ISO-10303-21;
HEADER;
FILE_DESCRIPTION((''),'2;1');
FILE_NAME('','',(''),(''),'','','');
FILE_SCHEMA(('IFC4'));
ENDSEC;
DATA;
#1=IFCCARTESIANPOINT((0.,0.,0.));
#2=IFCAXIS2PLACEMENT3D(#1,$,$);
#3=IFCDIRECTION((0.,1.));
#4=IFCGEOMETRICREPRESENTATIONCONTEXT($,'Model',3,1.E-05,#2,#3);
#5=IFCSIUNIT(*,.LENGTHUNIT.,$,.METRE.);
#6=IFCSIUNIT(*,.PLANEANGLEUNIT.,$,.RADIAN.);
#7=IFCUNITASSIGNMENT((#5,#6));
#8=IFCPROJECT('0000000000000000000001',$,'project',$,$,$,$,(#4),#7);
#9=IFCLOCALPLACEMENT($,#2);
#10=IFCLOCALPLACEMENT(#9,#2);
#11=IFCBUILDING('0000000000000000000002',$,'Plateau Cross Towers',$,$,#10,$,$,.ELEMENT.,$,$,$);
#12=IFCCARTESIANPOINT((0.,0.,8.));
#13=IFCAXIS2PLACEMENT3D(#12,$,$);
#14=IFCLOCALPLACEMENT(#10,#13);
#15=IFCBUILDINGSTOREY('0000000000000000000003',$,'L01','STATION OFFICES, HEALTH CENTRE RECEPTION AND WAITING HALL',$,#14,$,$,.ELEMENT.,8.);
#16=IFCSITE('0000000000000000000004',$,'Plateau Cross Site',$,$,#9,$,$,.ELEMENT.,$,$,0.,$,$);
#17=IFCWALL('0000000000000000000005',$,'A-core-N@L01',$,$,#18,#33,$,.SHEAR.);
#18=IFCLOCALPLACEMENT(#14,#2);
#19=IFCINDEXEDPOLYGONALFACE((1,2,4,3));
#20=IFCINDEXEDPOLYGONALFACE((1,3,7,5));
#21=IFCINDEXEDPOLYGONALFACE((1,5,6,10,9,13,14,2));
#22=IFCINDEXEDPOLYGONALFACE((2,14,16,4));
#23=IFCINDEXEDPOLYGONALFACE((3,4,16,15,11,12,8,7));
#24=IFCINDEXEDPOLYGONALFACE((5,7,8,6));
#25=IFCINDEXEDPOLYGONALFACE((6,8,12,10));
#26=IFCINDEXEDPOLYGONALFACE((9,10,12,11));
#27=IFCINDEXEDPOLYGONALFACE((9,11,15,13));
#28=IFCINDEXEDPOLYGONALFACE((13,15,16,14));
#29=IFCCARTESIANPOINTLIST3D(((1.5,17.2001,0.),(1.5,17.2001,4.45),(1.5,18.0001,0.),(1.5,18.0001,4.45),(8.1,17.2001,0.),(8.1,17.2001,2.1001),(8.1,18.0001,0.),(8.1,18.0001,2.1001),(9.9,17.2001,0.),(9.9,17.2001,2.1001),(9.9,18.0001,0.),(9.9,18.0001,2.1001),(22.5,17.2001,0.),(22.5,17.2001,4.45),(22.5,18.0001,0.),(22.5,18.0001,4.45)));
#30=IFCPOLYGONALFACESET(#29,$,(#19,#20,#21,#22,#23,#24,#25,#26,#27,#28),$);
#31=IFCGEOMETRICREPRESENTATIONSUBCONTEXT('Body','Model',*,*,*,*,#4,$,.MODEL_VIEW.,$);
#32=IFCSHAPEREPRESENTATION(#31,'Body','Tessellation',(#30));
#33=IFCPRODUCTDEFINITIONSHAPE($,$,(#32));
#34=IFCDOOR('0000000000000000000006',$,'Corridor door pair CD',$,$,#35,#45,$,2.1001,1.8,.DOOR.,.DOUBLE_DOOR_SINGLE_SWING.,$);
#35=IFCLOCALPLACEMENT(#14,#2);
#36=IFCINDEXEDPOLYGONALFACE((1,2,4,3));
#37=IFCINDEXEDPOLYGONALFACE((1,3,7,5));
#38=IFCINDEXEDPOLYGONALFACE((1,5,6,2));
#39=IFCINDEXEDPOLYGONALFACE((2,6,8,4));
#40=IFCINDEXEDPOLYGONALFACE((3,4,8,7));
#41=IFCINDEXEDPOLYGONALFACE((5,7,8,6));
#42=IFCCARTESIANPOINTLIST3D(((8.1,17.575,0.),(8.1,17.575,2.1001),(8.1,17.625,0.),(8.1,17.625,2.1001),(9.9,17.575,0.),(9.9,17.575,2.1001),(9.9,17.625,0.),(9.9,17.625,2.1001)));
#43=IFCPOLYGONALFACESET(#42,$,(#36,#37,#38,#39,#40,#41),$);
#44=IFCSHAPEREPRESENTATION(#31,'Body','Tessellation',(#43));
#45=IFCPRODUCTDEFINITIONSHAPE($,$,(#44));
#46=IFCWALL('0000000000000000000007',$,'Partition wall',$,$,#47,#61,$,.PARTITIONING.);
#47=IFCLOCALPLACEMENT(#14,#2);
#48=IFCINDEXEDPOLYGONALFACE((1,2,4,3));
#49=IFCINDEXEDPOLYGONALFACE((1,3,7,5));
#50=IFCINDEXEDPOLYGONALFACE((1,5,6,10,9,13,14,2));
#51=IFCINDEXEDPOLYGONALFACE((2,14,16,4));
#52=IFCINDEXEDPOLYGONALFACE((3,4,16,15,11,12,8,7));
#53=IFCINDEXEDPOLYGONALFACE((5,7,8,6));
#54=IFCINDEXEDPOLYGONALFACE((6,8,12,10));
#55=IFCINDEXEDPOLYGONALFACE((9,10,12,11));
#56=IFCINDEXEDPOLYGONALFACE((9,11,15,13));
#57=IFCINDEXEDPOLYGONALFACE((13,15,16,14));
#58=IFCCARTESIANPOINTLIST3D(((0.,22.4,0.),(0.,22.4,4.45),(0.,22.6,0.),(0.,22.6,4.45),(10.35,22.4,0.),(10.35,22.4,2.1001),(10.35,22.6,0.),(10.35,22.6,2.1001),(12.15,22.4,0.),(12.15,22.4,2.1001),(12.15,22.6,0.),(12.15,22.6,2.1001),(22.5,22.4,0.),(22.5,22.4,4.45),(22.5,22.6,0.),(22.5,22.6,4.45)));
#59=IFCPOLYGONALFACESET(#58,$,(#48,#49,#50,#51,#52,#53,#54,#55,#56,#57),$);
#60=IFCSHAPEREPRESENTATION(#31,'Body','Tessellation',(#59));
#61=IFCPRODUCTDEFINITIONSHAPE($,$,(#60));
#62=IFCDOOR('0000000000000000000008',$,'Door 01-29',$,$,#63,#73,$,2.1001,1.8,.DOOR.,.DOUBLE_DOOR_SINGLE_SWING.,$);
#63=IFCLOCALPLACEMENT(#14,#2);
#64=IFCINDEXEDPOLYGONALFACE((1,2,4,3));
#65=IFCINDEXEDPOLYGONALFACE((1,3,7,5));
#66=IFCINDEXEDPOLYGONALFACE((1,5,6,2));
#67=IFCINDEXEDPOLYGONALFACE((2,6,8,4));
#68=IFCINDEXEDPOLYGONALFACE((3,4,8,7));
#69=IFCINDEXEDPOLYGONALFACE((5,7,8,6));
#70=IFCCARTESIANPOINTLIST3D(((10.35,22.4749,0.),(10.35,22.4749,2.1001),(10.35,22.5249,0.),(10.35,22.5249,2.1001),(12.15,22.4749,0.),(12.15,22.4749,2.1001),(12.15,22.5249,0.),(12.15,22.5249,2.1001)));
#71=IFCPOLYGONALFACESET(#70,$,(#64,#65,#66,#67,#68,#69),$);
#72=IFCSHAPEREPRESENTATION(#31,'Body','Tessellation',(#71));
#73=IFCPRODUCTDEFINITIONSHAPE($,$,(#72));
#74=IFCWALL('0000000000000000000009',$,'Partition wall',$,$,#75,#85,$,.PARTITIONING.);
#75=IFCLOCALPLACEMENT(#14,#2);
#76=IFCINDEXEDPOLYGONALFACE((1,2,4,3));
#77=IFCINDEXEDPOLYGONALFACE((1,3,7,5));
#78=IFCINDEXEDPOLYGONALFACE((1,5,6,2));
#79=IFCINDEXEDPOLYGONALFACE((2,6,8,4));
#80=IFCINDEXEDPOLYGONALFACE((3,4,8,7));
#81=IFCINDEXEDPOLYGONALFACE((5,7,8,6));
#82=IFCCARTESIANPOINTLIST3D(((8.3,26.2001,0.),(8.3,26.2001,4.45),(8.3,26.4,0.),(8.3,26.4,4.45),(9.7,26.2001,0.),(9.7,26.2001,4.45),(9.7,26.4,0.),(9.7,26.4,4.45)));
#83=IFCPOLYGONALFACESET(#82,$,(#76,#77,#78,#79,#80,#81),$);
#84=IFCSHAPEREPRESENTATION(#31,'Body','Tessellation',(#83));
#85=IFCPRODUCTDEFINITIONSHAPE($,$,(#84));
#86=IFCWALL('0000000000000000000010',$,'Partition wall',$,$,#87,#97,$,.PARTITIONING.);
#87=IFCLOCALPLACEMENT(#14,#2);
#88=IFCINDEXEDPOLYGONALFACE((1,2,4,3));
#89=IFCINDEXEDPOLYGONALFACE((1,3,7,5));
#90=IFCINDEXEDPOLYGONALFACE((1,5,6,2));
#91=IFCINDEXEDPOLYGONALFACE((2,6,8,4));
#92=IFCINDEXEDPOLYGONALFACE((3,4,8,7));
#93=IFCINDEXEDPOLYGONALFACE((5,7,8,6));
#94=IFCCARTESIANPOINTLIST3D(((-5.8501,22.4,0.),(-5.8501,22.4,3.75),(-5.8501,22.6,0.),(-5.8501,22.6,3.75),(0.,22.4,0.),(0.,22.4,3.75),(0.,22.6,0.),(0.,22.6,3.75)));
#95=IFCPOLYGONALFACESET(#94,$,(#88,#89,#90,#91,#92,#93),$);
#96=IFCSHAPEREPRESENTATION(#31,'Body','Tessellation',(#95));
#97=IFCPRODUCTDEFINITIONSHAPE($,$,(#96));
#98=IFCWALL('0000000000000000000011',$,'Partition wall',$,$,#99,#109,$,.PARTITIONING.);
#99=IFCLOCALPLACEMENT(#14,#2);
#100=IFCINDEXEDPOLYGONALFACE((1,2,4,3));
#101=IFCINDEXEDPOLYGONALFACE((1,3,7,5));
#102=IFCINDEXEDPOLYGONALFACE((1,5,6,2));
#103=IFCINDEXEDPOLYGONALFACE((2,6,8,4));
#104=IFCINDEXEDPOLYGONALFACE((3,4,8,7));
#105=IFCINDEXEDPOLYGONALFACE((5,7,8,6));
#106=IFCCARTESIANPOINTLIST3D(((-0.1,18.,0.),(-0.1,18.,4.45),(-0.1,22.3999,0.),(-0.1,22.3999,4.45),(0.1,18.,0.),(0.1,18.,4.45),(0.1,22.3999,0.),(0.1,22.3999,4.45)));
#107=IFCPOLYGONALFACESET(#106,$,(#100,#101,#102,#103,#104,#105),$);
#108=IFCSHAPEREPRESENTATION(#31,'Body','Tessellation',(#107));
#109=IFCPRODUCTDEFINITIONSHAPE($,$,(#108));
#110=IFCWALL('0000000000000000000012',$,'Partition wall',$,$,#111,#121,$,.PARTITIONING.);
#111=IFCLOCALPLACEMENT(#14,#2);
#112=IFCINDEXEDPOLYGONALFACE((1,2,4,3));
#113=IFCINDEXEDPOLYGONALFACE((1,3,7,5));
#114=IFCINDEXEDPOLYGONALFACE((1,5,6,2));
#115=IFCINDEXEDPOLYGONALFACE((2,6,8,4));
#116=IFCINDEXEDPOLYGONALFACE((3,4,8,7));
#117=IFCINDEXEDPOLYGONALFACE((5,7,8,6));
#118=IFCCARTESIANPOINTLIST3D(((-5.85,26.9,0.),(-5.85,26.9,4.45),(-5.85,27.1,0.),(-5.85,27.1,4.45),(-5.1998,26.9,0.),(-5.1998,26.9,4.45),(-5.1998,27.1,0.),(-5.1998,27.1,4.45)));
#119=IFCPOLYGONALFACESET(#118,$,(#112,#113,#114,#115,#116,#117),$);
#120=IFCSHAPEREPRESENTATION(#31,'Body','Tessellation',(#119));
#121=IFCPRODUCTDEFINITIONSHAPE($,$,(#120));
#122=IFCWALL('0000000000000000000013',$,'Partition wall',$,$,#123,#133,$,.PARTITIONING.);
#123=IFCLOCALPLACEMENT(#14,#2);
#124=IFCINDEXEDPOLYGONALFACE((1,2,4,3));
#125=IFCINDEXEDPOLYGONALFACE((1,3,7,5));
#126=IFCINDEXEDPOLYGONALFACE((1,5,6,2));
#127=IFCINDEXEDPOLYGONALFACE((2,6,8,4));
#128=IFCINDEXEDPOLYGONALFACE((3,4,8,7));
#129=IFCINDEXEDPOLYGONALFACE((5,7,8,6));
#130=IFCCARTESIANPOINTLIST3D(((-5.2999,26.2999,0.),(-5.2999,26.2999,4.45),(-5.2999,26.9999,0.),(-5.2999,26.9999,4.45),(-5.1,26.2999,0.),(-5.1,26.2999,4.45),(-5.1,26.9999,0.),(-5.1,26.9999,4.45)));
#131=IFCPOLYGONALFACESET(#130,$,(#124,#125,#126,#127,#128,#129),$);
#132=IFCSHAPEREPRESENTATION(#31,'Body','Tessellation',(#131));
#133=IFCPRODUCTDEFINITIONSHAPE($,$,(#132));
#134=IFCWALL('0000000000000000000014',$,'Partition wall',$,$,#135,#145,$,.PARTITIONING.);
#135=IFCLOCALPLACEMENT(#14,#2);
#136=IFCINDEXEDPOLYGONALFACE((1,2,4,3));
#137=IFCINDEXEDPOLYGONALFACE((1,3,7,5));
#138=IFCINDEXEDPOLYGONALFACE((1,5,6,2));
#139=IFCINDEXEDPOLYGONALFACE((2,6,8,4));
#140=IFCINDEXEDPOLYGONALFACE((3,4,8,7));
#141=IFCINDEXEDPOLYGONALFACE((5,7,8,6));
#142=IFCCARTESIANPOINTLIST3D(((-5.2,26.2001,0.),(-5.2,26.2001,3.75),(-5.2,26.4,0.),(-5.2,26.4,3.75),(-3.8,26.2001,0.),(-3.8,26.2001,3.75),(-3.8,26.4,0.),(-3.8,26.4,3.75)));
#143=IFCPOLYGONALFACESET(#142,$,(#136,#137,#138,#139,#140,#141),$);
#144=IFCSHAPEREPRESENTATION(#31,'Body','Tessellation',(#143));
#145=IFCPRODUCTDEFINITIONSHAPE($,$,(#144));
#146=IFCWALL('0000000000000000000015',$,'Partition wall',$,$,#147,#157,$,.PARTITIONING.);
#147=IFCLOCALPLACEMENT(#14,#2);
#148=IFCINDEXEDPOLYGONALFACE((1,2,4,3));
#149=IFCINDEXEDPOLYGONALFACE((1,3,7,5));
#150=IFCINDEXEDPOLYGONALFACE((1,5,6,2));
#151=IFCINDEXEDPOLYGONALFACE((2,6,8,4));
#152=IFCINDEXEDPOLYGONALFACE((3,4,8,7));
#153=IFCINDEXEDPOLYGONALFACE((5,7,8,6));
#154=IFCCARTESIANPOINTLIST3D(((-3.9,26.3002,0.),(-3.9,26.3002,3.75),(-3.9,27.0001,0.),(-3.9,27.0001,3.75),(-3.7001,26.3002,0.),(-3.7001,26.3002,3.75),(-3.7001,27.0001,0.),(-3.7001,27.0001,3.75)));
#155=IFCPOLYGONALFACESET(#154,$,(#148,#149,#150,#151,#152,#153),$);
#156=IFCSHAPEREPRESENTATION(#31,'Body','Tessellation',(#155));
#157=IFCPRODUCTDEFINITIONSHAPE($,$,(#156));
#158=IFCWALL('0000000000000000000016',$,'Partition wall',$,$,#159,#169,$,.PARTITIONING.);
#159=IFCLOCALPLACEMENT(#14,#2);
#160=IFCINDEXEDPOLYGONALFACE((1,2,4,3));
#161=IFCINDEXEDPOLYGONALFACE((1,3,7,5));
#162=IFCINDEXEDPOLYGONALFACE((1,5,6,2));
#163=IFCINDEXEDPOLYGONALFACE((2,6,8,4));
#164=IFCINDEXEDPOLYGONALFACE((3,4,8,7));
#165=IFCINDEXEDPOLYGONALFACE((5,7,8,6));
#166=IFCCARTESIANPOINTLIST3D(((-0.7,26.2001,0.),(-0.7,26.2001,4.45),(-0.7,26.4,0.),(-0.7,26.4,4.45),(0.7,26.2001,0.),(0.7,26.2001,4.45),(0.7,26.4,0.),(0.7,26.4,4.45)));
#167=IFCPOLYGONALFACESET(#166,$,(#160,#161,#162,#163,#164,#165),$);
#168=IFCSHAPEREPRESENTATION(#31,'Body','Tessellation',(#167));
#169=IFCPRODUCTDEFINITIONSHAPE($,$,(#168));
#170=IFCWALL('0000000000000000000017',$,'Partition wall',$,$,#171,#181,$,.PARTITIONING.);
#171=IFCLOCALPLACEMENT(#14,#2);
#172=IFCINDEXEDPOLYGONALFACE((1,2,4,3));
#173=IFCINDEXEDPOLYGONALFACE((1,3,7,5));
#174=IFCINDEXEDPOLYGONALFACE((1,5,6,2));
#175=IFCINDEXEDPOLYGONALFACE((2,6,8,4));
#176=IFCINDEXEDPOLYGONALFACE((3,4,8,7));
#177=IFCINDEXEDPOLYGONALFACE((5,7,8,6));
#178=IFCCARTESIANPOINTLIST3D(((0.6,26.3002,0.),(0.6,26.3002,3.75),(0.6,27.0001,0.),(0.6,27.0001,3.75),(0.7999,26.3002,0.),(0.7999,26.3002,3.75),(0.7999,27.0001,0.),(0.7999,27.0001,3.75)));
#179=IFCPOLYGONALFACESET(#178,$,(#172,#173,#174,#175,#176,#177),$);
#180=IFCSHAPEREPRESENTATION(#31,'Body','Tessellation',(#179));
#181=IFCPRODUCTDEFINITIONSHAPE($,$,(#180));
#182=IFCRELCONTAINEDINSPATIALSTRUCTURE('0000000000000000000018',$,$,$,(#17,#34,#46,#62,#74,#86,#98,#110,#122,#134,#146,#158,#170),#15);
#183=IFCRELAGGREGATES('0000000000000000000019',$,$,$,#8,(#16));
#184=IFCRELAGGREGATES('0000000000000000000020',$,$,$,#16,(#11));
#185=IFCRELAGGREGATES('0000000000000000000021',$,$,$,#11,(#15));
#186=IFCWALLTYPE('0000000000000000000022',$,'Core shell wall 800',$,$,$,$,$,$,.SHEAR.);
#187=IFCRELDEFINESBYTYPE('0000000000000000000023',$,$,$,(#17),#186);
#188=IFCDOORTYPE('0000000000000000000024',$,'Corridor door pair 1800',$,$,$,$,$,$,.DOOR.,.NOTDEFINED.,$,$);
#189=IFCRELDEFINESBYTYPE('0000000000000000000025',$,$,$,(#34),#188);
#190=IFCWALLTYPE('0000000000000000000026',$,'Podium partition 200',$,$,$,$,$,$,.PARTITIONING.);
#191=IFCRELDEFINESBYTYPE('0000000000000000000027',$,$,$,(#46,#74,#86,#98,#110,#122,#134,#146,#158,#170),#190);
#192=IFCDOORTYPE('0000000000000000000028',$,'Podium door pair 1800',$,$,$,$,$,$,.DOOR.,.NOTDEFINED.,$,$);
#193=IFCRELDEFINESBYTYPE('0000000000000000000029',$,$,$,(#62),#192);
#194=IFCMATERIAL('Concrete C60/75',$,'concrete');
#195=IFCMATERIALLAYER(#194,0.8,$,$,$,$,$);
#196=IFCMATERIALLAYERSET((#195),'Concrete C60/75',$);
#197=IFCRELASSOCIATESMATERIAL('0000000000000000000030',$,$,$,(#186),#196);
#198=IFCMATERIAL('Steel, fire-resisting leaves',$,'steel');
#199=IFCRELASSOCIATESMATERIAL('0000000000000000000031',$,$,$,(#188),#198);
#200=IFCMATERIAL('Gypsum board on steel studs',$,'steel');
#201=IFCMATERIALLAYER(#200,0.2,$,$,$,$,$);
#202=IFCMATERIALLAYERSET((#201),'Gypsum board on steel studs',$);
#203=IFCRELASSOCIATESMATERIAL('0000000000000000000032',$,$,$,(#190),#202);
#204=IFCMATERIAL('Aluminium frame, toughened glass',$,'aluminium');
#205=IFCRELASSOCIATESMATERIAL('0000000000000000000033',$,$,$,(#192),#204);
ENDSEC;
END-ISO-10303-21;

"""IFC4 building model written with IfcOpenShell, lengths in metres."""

from ifc_helpers import new_model, si_unit, direction, frame, frame_2d, origin, place, context, subcontext, project, spatial, rectangle, extrude, material, layer, layer_set, type_object, element, fill, save


model = new_model("IFC4")

# Units and contexts
model_context = context("Model", 3, precision=1e-05, world=origin(), true_north=direction((0.0, 1.0)))
body_context = subcontext(model_context, "Body", "Model", "MODEL_VIEW")
ifc_project = project(units=[si_unit("LENGTHUNIT", "METRE"), si_unit("PLANEANGLEUNIT", "RADIAN")], contexts=[model_context])

# Site, building, storey
site_placement = place(None, origin())
site = spatial("IfcSite", under=ifc_project, at=site_placement, Name="Plateau Cross Site", CompositionType="ELEMENT", RefElevation=0.0)
building_placement = place(site_placement, origin())
building = spatial("IfcBuilding", under=site, at=building_placement, Name="Plateau Cross Towers", CompositionType="ELEMENT")
storey_placement = place(building_placement, frame((0.0, 0.0, 8.0)))
storey = spatial("IfcBuildingStorey", under=building, at=storey_placement, Name="L01", Description="STATION OFFICES, HEALTH CENTRE RECEPTION AND WAITING HALL", CompositionType="ELEMENT", Elevation=8.0)

# Shared definitions
ifc_material_1 = material(Name="Concrete C60/75", Category="concrete")

# Walls, openings, doors
ifc_layer_1 = layer(ifc_material_1, 0.8)
ifc_layer_set_1 = layer_set([ifc_layer_1], Name="Concrete C60/75")
wall_type_1 = type_object("IfcWallType", Name="Core shell wall 800", PredefinedType="SHEAR", material=ifc_layer_set_1)
wall_1_placement = place(storey_placement, frame((1.5, 17.6001, 0.0), z_axis=(0.0, 0.0, 1.0), x_axis=(1.0, 0.0, 0.0)))
wall_1 = element("IfcWall", 1, at=wall_1_placement, inside=storey, type_object=wall_type_1, Name="A-core-N@L01", PredefinedType="SHEAR", context=body_context, shape_type="SweptSolid", body=[
    extrude(rectangle(XDim=21.0, YDim=0.8, at=frame_2d((10.5, 0.0))), origin(), (0.0, 0.0, 1.0), 4.45),
])
opening_1_placement = place(wall_1_placement, frame((6.6001, 0.0, 0.0)))
opening_1 = element("IfcOpeningElement", 2, at=opening_1_placement, cuts=wall_1, PredefinedType="OPENING", context=body_context, shape_type="SweptSolid", body=[
    extrude(rectangle(XDim=1.8, YDim=2.1001, at=frame_2d((0.8999, 1.05))), frame((0.0, 0.4099, 0.0), z_axis=(0.0, -1.0, 0.0), x_axis=(1.0, 0.0, 0.0)), (0.0, 0.0, 1.0), 0.8201),
])
ifc_material_2 = material(Name="Steel, fire-resisting leaves", Category="steel")
door_type_1 = type_object("IfcDoorType", Name="Corridor door pair 1800", OperationType="NOTDEFINED", PredefinedType="DOOR", material=ifc_material_2)
door_1_placement = place(opening_1_placement, origin())
door_1 = element("IfcDoor", 3, at=door_1_placement, inside=storey, type_object=door_type_1, Name="Corridor door pair CD", OperationType="DOUBLE_DOOR_SINGLE_SWING", OverallHeight=2.1001, OverallWidth=1.8, PredefinedType="DOOR", context=body_context, shape_type="SweptSolid", body=[
    extrude(rectangle(XDim=1.8, YDim=2.1001, at=frame_2d((0.8999, 1.05))), frame((0.0, 0.0249, 0.0), z_axis=(0.0, -1.0, 0.0), x_axis=(1.0, 0.0, 0.0)), (0.0, 0.0, 1.0), 0.05),
])
fill(opening_1, door_1)
ifc_material_3 = material(Name="Gypsum board on steel studs", Category="steel")
ifc_layer_2 = layer(ifc_material_3, 0.2)
ifc_layer_set_2 = layer_set([ifc_layer_2], Name="Gypsum board on steel studs")
wall_type_2 = type_object("IfcWallType", Name="Podium partition 200", PredefinedType="PARTITIONING", material=ifc_layer_set_2)
wall_2_placement = place(storey_placement, frame((0.0, 22.5, 0.0), z_axis=(0.0, 0.0, 1.0), x_axis=(1.0, 0.0, 0.0)))
wall_2 = element("IfcWall", 4, at=wall_2_placement, inside=storey, type_object=wall_type_2, Name="Partition wall", PredefinedType="PARTITIONING", context=body_context, shape_type="SweptSolid", body=[
    extrude(rectangle(XDim=22.5, YDim=0.2, at=frame_2d((11.25, 0.0))), origin(), (0.0, 0.0, 1.0), 4.45),
])
opening_2_placement = place(wall_2_placement, frame((10.3501, 0.0, 0.0)))
opening_2 = element("IfcOpeningElement", 5, at=opening_2_placement, cuts=wall_2, PredefinedType="OPENING", context=body_context, shape_type="SweptSolid", body=[
    extrude(rectangle(XDim=1.8, YDim=2.1001, at=frame_2d((0.8999, 1.05))), frame((0.0, 0.1099, 0.0), z_axis=(0.0, -1.0, 0.0), x_axis=(1.0, 0.0, 0.0)), (0.0, 0.0, 1.0), 0.22),
])
ifc_material_4 = material(Name="Aluminium frame, toughened glass", Category="aluminium")
door_type_2 = type_object("IfcDoorType", Name="Podium door pair 1800", OperationType="NOTDEFINED", PredefinedType="DOOR", material=ifc_material_4)
door_2_placement = place(opening_2_placement, origin())
door_2 = element("IfcDoor", 6, at=door_2_placement, inside=storey, type_object=door_type_2, Name="Door 01-29", OperationType="DOUBLE_DOOR_SINGLE_SWING", OverallHeight=2.1001, OverallWidth=1.8, PredefinedType="DOOR", context=body_context, shape_type="SweptSolid", body=[
    extrude(rectangle(XDim=1.8, YDim=2.1001, at=frame_2d((0.8999, 1.05))), frame((0.0, 0.0249, 0.0), z_axis=(0.0, -1.0, 0.0), x_axis=(1.0, 0.0, 0.0)), (0.0, 0.0, 1.0), 0.05),
])
fill(opening_2, door_2)

# Walls
wall_3_placement = place(storey_placement, frame((8.3, 26.3, 0.0), z_axis=(0.0, 0.0, 1.0), x_axis=(1.0, 0.0, 0.0)))
element("IfcWall", 7, at=wall_3_placement, inside=storey, type_object=wall_type_2, Name="Partition wall", PredefinedType="PARTITIONING", context=body_context, shape_type="SweptSolid", body=[
    extrude(rectangle(XDim=1.3999, YDim=0.2, at=frame_2d((0.7, 0.0))), origin(), (0.0, 0.0, 1.0), 4.45),
])
wall_4_placement = place(storey_placement, frame((0.0, 22.5, 0.0), z_axis=(0.0, 0.0, 1.0), x_axis=(-1.0, 0.0, 0.0)))
element("IfcWall", 8, at=wall_4_placement, inside=storey, type_object=wall_type_2, Name="Partition wall", PredefinedType="PARTITIONING", context=body_context, shape_type="SweptSolid", body=[
    extrude(rectangle(XDim=5.8501, YDim=0.2, at=frame_2d((2.925, 0.0))), origin(), (0.0, 0.0, 1.0), 3.75),
])
wall_5_placement = place(storey_placement, frame((0.0, 18.0, 0.0), z_axis=(0.0, 0.0, 1.0), x_axis=(0.0, 1.0, 0.0)))
element("IfcWall", 9, at=wall_5_placement, inside=storey, type_object=wall_type_2, Name="Partition wall", PredefinedType="PARTITIONING", context=body_context, shape_type="SweptSolid", body=[
    extrude(rectangle(XDim=4.3999, YDim=0.2, at=frame_2d((2.2, 0.0))), origin(), (0.0, 0.0, 1.0), 4.45),
])
wall_6_placement = place(storey_placement, frame((-5.8501, 27.0, 0.0), z_axis=(0.0, 0.0, 1.0), x_axis=(1.0, 0.0, 0.0)))
element("IfcWall", 10, at=wall_6_placement, inside=storey, type_object=wall_type_2, Name="Partition wall", PredefinedType="PARTITIONING", context=body_context, shape_type="SweptSolid", body=[
    extrude(rectangle(XDim=0.6501, YDim=0.2, at=frame_2d((0.3252, 0.0))), origin(), (0.0, 0.0, 1.0), 4.45),
])
wall_7_placement = place(storey_placement, frame((-5.2, 27.0, 0.0), z_axis=(0.0, 0.0, 1.0), x_axis=(0.0, -1.0, 0.0)))
element("IfcWall", 11, at=wall_7_placement, inside=storey, type_object=wall_type_2, Name="Partition wall", PredefinedType="PARTITIONING", context=body_context, shape_type="SweptSolid", body=[
    extrude(rectangle(XDim=0.7, YDim=0.2, at=frame_2d((0.3501, 0.0))), origin(), (0.0, 0.0, 1.0), 4.45),
])
wall_8_placement = place(storey_placement, frame((-5.2, 26.3, 0.0), z_axis=(0.0, 0.0, 1.0), x_axis=(1.0, 0.0, 0.0)))
element("IfcWall", 12, at=wall_8_placement, inside=storey, type_object=wall_type_2, Name="Partition wall", PredefinedType="PARTITIONING", context=body_context, shape_type="SweptSolid", body=[
    extrude(rectangle(XDim=1.3999, YDim=0.2, at=frame_2d((0.7, 0.0))), origin(), (0.0, 0.0, 1.0), 3.75),
])
wall_9_placement = place(storey_placement, frame((-3.8, 26.3, 0.0), z_axis=(0.0, 0.0, 1.0), x_axis=(0.0, 1.0, 0.0)))
element("IfcWall", 13, at=wall_9_placement, inside=storey, type_object=wall_type_2, Name="Partition wall", PredefinedType="PARTITIONING", context=body_context, shape_type="SweptSolid", body=[
    extrude(rectangle(XDim=0.7, YDim=0.2, at=frame_2d((0.3501, 0.0))), origin(), (0.0, 0.0, 1.0), 3.75),
])
wall_10_placement = place(storey_placement, frame((-0.7, 26.3, 0.0), z_axis=(0.0, 0.0, 1.0), x_axis=(1.0, 0.0, 0.0)))
element("IfcWall", 14, at=wall_10_placement, inside=storey, type_object=wall_type_2, Name="Partition wall", PredefinedType="PARTITIONING", context=body_context, shape_type="SweptSolid", body=[
    extrude(rectangle(XDim=1.3999, YDim=0.2, at=frame_2d((0.7, 0.0))), origin(), (0.0, 0.0, 1.0), 4.45),
])
wall_11_placement = place(storey_placement, frame((0.7, 26.3, 0.0), z_axis=(0.0, 0.0, 1.0), x_axis=(0.0, 1.0, 0.0)))
element("IfcWall", 15, at=wall_11_placement, inside=storey, type_object=wall_type_2, Name="Partition wall", PredefinedType="PARTITIONING", context=body_context, shape_type="SweptSolid", body=[
    extrude(rectangle(XDim=0.7, YDim=0.2, at=frame_2d((0.3501, 0.0))), origin(), (0.0, 0.0, 1.0), 3.75),
])

save(model, "model.ifc")
